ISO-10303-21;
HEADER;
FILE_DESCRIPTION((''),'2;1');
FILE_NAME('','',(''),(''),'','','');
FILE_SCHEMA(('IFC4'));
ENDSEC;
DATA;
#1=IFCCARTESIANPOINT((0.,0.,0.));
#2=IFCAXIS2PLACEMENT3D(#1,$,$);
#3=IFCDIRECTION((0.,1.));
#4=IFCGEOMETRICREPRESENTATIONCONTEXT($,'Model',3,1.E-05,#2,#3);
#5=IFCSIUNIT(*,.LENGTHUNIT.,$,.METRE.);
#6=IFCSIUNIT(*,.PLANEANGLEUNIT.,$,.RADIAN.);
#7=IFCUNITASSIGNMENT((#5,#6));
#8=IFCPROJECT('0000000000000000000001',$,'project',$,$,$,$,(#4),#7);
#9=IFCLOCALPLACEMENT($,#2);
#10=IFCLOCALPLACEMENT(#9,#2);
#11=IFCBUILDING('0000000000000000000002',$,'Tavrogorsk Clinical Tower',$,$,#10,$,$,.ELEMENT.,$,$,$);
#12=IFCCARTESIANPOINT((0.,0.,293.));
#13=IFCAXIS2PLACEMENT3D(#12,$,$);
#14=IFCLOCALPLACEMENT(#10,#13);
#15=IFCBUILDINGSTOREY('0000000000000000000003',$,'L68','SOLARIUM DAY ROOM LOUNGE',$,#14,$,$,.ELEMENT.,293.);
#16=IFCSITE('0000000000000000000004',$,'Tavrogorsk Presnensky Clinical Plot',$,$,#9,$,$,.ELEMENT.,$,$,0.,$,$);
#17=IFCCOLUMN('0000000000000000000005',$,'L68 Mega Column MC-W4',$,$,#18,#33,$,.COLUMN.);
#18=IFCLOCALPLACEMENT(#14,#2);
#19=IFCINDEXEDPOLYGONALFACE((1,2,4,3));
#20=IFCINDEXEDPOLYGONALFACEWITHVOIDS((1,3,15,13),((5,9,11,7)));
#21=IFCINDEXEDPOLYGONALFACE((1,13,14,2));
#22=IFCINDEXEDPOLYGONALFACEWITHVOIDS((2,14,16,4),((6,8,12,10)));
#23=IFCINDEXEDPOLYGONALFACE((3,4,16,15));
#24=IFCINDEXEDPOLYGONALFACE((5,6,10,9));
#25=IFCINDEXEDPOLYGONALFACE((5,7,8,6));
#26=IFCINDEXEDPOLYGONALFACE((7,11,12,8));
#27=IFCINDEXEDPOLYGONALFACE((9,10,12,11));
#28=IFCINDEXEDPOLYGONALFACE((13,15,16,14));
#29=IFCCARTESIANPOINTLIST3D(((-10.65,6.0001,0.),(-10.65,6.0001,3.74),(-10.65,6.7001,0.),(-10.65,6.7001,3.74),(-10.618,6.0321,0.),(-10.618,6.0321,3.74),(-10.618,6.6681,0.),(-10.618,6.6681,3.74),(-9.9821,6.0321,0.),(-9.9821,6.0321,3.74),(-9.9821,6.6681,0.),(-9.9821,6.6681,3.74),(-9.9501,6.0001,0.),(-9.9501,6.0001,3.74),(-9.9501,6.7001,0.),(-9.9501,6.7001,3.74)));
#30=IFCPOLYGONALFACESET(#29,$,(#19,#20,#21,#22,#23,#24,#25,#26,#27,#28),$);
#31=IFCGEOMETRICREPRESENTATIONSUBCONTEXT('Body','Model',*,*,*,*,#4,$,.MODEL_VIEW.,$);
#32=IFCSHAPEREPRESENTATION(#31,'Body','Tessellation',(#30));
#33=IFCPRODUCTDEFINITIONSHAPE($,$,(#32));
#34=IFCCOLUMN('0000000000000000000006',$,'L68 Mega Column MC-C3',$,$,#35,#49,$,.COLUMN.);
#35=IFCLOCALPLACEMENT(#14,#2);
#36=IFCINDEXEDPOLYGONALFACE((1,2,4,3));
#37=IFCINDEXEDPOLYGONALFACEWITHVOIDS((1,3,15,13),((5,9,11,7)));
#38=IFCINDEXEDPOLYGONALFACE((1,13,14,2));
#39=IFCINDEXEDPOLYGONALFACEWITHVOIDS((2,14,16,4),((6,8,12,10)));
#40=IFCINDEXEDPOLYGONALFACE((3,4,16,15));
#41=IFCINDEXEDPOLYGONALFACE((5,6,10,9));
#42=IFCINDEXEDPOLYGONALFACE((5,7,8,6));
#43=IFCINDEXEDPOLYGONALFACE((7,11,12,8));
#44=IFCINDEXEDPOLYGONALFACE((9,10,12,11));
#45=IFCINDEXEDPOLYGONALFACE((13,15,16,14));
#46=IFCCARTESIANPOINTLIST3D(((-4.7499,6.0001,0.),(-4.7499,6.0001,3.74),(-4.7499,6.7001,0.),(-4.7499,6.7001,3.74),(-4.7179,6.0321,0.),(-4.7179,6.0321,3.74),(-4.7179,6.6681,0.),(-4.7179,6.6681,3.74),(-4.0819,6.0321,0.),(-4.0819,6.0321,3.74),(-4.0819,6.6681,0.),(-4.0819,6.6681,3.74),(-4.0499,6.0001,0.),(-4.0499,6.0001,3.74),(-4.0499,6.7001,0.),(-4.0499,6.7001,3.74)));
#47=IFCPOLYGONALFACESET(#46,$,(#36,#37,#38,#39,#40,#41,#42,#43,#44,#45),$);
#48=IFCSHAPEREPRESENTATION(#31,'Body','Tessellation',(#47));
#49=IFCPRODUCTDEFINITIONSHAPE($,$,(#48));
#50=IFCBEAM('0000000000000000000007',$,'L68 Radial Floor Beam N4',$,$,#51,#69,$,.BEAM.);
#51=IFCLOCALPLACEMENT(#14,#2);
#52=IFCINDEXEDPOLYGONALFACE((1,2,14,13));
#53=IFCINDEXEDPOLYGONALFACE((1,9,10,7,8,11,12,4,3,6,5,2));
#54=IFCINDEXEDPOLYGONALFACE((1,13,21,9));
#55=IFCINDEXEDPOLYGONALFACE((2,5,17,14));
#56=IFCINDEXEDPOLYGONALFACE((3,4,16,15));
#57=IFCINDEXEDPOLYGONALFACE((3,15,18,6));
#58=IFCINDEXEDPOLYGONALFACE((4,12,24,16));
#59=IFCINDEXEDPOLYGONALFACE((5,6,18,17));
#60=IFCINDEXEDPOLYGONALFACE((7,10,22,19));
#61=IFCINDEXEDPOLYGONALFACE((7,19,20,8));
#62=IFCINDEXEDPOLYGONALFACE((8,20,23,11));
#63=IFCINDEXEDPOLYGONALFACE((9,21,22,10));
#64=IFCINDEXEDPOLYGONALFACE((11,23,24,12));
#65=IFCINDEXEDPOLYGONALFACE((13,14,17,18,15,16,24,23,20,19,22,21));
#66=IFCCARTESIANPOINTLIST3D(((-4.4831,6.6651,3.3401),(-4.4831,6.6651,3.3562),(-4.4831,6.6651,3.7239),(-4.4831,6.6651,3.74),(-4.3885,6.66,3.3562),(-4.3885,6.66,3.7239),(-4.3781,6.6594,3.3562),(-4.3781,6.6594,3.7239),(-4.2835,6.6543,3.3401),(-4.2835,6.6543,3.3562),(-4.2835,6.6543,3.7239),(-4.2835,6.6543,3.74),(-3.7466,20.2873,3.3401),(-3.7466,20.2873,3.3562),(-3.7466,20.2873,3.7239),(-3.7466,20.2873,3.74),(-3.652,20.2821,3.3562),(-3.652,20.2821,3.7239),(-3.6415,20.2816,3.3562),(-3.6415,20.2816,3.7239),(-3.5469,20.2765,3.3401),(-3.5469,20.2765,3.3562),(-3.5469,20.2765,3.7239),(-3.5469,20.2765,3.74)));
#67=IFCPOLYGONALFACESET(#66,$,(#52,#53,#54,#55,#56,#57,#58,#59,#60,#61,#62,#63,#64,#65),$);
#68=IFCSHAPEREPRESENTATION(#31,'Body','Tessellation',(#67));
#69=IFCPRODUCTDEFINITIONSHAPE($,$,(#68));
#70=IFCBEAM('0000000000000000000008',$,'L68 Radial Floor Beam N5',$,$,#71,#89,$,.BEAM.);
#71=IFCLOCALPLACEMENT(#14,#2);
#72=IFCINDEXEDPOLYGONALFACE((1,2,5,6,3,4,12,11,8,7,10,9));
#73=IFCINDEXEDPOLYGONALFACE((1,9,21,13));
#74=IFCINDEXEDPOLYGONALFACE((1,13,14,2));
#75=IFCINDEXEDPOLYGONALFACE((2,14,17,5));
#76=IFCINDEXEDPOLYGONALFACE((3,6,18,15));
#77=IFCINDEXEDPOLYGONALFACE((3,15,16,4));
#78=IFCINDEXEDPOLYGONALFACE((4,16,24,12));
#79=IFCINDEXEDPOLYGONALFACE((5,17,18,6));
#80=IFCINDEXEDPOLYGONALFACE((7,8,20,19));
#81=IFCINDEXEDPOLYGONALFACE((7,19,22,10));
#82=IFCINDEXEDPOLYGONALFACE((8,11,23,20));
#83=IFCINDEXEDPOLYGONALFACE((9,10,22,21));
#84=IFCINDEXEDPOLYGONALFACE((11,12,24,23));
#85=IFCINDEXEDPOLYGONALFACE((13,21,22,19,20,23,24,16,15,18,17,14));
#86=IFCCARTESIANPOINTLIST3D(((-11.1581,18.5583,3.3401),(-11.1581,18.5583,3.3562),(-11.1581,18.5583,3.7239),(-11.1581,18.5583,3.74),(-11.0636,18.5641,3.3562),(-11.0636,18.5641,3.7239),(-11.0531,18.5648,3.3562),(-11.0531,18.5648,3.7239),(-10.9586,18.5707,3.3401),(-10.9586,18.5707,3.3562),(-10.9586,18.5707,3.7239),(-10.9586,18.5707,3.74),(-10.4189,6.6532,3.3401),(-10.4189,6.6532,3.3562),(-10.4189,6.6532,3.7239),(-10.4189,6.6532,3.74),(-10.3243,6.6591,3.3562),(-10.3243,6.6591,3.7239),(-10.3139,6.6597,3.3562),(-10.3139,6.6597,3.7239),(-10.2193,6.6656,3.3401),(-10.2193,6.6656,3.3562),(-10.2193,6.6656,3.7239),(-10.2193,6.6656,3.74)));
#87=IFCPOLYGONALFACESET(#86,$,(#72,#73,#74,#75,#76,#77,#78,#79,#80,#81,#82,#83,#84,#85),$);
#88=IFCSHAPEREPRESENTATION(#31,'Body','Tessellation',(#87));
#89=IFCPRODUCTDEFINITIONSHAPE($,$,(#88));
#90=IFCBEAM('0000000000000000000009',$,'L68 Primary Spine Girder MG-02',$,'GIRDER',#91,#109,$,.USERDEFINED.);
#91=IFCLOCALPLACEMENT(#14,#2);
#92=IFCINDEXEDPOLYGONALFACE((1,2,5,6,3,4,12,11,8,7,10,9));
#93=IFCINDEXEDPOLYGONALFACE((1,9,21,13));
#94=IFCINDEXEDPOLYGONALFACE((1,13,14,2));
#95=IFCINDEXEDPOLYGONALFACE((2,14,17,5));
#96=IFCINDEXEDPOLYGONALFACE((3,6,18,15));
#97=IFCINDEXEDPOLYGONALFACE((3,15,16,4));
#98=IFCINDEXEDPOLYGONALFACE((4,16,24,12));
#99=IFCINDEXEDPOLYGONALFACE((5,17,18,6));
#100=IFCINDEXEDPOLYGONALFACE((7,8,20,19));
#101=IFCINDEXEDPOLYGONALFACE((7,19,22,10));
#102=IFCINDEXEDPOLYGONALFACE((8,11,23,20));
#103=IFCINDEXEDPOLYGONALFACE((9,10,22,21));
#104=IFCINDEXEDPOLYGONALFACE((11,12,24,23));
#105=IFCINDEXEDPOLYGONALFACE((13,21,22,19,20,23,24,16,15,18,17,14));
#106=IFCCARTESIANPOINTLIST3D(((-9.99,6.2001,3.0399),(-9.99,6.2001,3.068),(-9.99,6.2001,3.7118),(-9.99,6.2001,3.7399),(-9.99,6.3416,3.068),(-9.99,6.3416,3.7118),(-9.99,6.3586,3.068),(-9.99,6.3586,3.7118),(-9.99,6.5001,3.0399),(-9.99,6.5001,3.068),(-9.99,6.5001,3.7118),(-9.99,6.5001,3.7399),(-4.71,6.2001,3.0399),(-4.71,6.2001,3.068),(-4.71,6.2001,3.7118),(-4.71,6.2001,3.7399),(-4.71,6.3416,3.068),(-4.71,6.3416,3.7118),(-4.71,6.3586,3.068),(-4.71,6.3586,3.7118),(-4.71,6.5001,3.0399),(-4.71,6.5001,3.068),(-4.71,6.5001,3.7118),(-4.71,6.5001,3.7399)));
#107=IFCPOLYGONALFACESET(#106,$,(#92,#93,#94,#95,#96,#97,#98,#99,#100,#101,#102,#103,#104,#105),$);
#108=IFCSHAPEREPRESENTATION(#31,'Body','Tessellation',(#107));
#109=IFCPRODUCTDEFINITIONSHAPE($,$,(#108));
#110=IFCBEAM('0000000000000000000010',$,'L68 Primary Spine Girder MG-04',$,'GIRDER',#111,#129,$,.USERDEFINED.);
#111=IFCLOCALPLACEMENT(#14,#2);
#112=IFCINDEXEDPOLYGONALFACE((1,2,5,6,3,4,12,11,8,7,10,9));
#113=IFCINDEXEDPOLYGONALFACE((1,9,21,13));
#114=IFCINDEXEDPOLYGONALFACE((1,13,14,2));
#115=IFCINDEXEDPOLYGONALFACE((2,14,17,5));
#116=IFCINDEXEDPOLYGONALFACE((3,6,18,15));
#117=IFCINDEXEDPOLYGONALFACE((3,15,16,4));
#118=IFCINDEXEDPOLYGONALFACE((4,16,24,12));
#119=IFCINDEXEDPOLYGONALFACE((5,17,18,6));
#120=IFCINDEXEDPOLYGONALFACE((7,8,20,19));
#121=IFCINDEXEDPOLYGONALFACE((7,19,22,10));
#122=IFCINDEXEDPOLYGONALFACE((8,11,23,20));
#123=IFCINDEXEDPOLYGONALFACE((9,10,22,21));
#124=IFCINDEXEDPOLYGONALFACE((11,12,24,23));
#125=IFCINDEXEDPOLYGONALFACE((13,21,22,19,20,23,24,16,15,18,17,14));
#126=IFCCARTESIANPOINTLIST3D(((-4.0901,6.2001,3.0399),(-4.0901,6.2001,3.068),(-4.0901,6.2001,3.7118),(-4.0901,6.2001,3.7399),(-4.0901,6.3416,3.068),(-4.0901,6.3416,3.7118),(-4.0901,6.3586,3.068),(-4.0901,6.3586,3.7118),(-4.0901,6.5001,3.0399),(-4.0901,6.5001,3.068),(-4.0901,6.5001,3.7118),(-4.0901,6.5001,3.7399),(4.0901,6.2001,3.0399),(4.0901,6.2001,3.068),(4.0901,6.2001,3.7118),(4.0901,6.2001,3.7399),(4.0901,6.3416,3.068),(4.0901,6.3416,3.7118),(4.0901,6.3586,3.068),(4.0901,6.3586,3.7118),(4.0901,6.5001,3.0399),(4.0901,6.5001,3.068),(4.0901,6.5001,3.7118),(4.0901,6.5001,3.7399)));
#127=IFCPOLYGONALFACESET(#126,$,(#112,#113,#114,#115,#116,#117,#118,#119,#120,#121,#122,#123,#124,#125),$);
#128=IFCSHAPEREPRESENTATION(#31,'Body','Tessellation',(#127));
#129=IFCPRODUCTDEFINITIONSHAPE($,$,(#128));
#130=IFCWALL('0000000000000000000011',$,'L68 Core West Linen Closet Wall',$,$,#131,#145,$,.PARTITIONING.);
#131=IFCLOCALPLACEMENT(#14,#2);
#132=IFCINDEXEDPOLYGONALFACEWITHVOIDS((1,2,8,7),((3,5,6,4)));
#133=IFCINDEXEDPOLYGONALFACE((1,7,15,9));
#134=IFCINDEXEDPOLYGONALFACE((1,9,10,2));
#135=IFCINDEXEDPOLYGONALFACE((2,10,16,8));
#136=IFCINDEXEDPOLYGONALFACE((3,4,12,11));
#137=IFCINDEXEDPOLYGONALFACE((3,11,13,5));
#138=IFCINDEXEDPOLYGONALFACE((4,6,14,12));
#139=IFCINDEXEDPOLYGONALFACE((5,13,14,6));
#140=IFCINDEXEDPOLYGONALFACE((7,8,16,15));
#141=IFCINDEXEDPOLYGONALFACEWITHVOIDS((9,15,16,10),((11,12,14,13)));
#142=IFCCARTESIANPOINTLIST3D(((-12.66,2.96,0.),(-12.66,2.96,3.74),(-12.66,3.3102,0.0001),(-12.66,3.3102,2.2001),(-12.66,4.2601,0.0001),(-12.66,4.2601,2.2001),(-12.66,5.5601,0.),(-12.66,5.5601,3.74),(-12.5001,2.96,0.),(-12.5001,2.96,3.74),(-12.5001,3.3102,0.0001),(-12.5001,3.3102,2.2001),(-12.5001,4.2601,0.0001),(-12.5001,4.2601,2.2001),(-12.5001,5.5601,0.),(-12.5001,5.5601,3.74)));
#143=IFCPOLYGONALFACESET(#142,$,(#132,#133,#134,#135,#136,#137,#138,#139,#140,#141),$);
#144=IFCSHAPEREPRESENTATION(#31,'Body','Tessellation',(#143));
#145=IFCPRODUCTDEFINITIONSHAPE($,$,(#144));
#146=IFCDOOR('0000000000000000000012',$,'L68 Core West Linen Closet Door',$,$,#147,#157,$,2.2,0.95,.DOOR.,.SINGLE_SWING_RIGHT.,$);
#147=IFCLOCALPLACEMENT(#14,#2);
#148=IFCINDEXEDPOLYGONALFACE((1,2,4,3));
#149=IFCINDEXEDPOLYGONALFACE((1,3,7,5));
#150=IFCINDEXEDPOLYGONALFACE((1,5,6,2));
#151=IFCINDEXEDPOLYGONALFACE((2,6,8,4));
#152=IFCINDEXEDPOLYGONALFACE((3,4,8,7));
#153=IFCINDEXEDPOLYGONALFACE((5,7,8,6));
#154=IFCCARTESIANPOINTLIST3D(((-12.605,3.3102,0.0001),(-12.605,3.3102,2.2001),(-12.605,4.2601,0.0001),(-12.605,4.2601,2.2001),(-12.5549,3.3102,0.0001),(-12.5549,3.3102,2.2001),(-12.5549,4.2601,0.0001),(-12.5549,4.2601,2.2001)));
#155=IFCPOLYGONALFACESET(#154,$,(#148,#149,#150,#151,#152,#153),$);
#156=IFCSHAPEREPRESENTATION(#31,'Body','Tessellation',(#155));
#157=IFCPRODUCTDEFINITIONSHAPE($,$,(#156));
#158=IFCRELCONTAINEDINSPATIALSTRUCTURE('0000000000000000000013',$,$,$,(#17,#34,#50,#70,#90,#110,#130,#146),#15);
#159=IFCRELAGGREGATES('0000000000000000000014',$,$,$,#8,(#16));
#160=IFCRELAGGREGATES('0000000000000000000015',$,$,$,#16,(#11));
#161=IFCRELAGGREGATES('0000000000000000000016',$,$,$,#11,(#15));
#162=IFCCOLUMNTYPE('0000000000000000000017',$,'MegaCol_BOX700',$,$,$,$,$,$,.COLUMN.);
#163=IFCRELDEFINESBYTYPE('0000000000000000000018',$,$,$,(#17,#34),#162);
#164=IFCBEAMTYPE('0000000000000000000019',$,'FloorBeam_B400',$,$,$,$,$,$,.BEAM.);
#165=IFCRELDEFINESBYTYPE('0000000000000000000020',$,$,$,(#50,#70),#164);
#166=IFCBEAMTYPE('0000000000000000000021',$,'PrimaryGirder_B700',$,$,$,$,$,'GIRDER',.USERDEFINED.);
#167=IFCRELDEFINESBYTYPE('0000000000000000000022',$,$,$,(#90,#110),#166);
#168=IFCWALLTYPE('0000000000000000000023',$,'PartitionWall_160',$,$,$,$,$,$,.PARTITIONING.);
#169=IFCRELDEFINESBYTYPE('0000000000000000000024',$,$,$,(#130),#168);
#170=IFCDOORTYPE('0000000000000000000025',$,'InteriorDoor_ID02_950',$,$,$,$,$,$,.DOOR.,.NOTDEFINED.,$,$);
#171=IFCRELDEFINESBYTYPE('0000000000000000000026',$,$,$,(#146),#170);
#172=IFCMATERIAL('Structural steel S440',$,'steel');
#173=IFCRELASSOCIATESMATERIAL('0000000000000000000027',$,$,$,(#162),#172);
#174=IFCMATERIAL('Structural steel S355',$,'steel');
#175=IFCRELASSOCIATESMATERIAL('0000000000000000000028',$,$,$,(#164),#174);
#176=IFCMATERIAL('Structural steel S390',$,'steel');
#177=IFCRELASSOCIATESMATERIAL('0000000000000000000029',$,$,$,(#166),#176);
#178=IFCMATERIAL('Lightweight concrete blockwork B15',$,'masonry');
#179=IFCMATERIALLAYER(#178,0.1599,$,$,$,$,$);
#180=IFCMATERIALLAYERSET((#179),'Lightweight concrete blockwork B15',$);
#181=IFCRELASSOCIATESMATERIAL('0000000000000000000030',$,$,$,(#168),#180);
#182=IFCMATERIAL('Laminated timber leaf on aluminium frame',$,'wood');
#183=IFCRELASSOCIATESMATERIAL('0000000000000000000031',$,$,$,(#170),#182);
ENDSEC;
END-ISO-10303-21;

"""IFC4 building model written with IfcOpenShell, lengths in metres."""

from ifc_helpers import new_model, si_unit, direction, frame, frame_2d, origin, origin_2d, place, context, subcontext, project, spatial, rectangle, hollow_rectangle, i_section, extrude, material, layer, layer_set, material_profile, profile_set, type_object, element, fill, save


model = new_model("IFC4")

# Units and contexts
model_context = context("Model", 3, precision=1e-05, world=origin(), true_north=direction((0.0, 1.0)))
body_context = subcontext(model_context, "Body", "Model", "MODEL_VIEW")
ifc_project = project(units=[si_unit("LENGTHUNIT", "METRE"), si_unit("PLANEANGLEUNIT", "RADIAN")], contexts=[model_context])

# Site, building, storey
site_placement = place(None, origin())
site = spatial("IfcSite", under=ifc_project, at=site_placement, Name="Tavrogorsk Presnensky Clinical Plot", CompositionType="ELEMENT", RefElevation=0.0)
building_placement = place(site_placement, origin())
building = spatial("IfcBuilding", under=site, at=building_placement, Name="Tavrogorsk Clinical Tower", CompositionType="ELEMENT")
storey_placement = place(building_placement, frame((0.0, 0.0, 293.0)))
storey = spatial("IfcBuildingStorey", under=building, at=storey_placement, Name="L68", Description="SOLARIUM DAY ROOM LOUNGE", CompositionType="ELEMENT", Elevation=293.0)

# Columns
ifc_material_1 = material(Name="Structural steel S440", Category="steel")
ifc_material_profile_1 = material_profile(ifc_material_1, hollow_rectangle(XDim=0.7, YDim=0.7, WallThickness=0.032, at=origin_2d()), Name="BOX-700x700x32")
ifc_profile_set_1 = profile_set([ifc_material_profile_1], Name="Structural steel S440")
column_type = type_object("IfcColumnType", Name="MegaCol_BOX700", PredefinedType="COLUMN", material=ifc_profile_set_1)
for number, where, z_axis, x_axis, name in (
    (1, (-10.3, 6.3501, 0.0), (0.0, 0.0, 1.0), (1.0, 0.0, 0.0), "L68 Mega Column MC-W4"),
    (2, (-4.3999, 6.3501, 0.0), (0.0, 0.0, 1.0), (1.0, 0.0, 0.0), "L68 Mega Column MC-C3"),
):
    element("IfcColumn", number, at=place(storey_placement, frame(where, z_axis=z_axis, x_axis=x_axis)), inside=storey, type_object=column_type, Name=name, PredefinedType="COLUMN", context=body_context, shape_type="SweptSolid", body=[
        extrude(hollow_rectangle(XDim=0.7, YDim=0.7, WallThickness=0.032, at=origin_2d()), origin(), (0.0, 0.0, 1.0), 3.74),
    ])

# Beams
ifc_material_2 = material(Name="Structural steel S355", Category="steel")
ifc_material_profile_2 = material_profile(ifc_material_2, i_section(OverallWidth=0.2, OverallDepth=0.3999, WebThickness=0.0105, FlangeThickness=0.0161, at=origin_2d()), Name="B-400x200x10.5x16")
ifc_profile_set_2 = profile_set([ifc_material_profile_2], Name="Structural steel S355")
beam_type_1 = type_object("IfcBeamType", Name="FloorBeam_B400", PredefinedType="BEAM", material=ifc_profile_set_2)
beam_1_placement = place(storey_placement, frame((-4.3833, 6.6597, 3.54), z_axis=(0.053993, 0.998541, 0.0), x_axis=(-0.998541, 0.053993, 0.0)))
element("IfcBeam", 3, at=beam_1_placement, inside=storey, type_object=beam_type_1, Name="L68 Radial Floor Beam N4", PredefinedType="BEAM", context=body_context, shape_type="SweptSolid", body=[
    extrude(i_section(OverallWidth=0.2, OverallDepth=0.3999, WebThickness=0.0105, FlangeThickness=0.0161, at=origin_2d()), origin(), (0.0, 0.0, 1.0), 13.6421),
])
beam_2_placement = place(storey_placement, frame((-10.3191, 6.6594, 3.54), z_axis=(-0.061977, 0.998078, 0.0), x_axis=(-0.998078, -0.061977, 0.0)))
element("IfcBeam", 4, at=beam_2_placement, inside=storey, type_object=beam_type_1, Name="L68 Radial Floor Beam N5", PredefinedType="BEAM", context=body_context, shape_type="SweptSolid", body=[
    extrude(i_section(OverallWidth=0.2, OverallDepth=0.3999, WebThickness=0.0105, FlangeThickness=0.0161, at=origin_2d()), origin(), (0.0, 0.0, 1.0), 11.928),
])
ifc_material_3 = material(Name="Structural steel S390", Category="steel")
ifc_material_profile_3 = material_profile(ifc_material_3, i_section(OverallWidth=0.3, OverallDepth=0.7, WebThickness=0.0171, FlangeThickness=0.0281, at=origin_2d()), Name="B-700x300x17x28")
ifc_profile_set_3 = profile_set([ifc_material_profile_3], Name="Structural steel S390")
beam_type_2 = type_object("IfcBeamType", Name="PrimaryGirder_B700", ElementType="GIRDER", PredefinedType="USERDEFINED", material=ifc_profile_set_3)
beam_3_placement = place(storey_placement, frame((-9.99, 6.3501, 3.3899), z_axis=(1.0, 0.0, 0.0), x_axis=(0.0, 1.0, 0.0)))
element("IfcBeam", 5, at=beam_3_placement, inside=storey, type_object=beam_type_2, Name="L68 Primary Spine Girder MG-02", ObjectType="GIRDER", PredefinedType="USERDEFINED", context=body_context, shape_type="SweptSolid", body=[
    extrude(i_section(OverallWidth=0.3, OverallDepth=0.7, WebThickness=0.0171, FlangeThickness=0.0281, at=origin_2d()), origin(), (0.0, 0.0, 1.0), 5.28),
])
beam_4_placement = place(storey_placement, frame((-4.0901, 6.3501, 3.3899), z_axis=(1.0, 0.0, 0.0), x_axis=(0.0, 1.0, 0.0)))
element("IfcBeam", 6, at=beam_4_placement, inside=storey, type_object=beam_type_2, Name="L68 Primary Spine Girder MG-04", ObjectType="GIRDER", PredefinedType="USERDEFINED", context=body_context, shape_type="SweptSolid", body=[
    extrude(i_section(OverallWidth=0.3, OverallDepth=0.7, WebThickness=0.0171, FlangeThickness=0.0281, at=origin_2d()), origin(), (0.0, 0.0, 1.0), 8.1802),
])

# Wall, opening, door
ifc_material_4 = material(Name="Lightweight concrete blockwork B15", Category="masonry")
ifc_layer_1 = layer(ifc_material_4, 0.1599)
ifc_layer_set_1 = layer_set([ifc_layer_1], Name="Lightweight concrete blockwork B15")
wall_type_1 = type_object("IfcWallType", Name="PartitionWall_160", PredefinedType="PARTITIONING", material=ifc_layer_set_1)
wall_1_placement = place(storey_placement, frame((-12.5801, 2.96, 0.0), z_axis=(0.0, 0.0, 1.0), x_axis=(0.0, 1.0, 0.0)))
wall_1 = element("IfcWall", 7, at=wall_1_placement, inside=storey, type_object=wall_type_1, Name="L68 Core West Linen Closet Wall", PredefinedType="PARTITIONING", context=body_context, shape_type="SweptSolid", body=[
    extrude(rectangle(XDim=2.6001, YDim=0.1599, at=frame_2d((1.3, 0.0))), origin(), (0.0, 0.0, 1.0), 3.74),
])
opening_1_placement = place(wall_1_placement, frame((0.3501, 0.0, 0.0)))
opening_1 = element("IfcOpeningElement", 8, at=opening_1_placement, cuts=wall_1, PredefinedType="OPENING", context=body_context, shape_type="SweptSolid", body=[
    extrude(rectangle(XDim=0.95, YDim=2.2, at=frame_2d((0.4751, 1.1001))), frame((0.0, 0.0898, 0.0), z_axis=(0.0, -1.0, 0.0), x_axis=(1.0, 0.0, 0.0)), (0.0, 0.0, 1.0), 0.1799),
])
ifc_material_5 = material(Name="Laminated timber leaf on aluminium frame", Category="wood")
door_type_1 = type_object("IfcDoorType", Name="InteriorDoor_ID02_950", OperationType="NOTDEFINED", PredefinedType="DOOR", material=ifc_material_5)
door_1_placement = place(opening_1_placement, origin())
door_1 = element("IfcDoor", 9, at=door_1_placement, inside=storey, type_object=door_type_1, Name="L68 Core West Linen Closet Door", OperationType="SINGLE_SWING_RIGHT", OverallHeight=2.2, OverallWidth=0.95, PredefinedType="DOOR", context=body_context, shape_type="SweptSolid", body=[
    extrude(rectangle(XDim=0.95, YDim=2.2, at=frame_2d((0.4751, 1.1001))), frame((0.0, 0.0249, 0.0), z_axis=(0.0, -1.0, 0.0), x_axis=(1.0, 0.0, 0.0)), (0.0, 0.0, 1.0), 0.05),
])
fill(opening_1, door_1)

save(model, "model.ifc")
